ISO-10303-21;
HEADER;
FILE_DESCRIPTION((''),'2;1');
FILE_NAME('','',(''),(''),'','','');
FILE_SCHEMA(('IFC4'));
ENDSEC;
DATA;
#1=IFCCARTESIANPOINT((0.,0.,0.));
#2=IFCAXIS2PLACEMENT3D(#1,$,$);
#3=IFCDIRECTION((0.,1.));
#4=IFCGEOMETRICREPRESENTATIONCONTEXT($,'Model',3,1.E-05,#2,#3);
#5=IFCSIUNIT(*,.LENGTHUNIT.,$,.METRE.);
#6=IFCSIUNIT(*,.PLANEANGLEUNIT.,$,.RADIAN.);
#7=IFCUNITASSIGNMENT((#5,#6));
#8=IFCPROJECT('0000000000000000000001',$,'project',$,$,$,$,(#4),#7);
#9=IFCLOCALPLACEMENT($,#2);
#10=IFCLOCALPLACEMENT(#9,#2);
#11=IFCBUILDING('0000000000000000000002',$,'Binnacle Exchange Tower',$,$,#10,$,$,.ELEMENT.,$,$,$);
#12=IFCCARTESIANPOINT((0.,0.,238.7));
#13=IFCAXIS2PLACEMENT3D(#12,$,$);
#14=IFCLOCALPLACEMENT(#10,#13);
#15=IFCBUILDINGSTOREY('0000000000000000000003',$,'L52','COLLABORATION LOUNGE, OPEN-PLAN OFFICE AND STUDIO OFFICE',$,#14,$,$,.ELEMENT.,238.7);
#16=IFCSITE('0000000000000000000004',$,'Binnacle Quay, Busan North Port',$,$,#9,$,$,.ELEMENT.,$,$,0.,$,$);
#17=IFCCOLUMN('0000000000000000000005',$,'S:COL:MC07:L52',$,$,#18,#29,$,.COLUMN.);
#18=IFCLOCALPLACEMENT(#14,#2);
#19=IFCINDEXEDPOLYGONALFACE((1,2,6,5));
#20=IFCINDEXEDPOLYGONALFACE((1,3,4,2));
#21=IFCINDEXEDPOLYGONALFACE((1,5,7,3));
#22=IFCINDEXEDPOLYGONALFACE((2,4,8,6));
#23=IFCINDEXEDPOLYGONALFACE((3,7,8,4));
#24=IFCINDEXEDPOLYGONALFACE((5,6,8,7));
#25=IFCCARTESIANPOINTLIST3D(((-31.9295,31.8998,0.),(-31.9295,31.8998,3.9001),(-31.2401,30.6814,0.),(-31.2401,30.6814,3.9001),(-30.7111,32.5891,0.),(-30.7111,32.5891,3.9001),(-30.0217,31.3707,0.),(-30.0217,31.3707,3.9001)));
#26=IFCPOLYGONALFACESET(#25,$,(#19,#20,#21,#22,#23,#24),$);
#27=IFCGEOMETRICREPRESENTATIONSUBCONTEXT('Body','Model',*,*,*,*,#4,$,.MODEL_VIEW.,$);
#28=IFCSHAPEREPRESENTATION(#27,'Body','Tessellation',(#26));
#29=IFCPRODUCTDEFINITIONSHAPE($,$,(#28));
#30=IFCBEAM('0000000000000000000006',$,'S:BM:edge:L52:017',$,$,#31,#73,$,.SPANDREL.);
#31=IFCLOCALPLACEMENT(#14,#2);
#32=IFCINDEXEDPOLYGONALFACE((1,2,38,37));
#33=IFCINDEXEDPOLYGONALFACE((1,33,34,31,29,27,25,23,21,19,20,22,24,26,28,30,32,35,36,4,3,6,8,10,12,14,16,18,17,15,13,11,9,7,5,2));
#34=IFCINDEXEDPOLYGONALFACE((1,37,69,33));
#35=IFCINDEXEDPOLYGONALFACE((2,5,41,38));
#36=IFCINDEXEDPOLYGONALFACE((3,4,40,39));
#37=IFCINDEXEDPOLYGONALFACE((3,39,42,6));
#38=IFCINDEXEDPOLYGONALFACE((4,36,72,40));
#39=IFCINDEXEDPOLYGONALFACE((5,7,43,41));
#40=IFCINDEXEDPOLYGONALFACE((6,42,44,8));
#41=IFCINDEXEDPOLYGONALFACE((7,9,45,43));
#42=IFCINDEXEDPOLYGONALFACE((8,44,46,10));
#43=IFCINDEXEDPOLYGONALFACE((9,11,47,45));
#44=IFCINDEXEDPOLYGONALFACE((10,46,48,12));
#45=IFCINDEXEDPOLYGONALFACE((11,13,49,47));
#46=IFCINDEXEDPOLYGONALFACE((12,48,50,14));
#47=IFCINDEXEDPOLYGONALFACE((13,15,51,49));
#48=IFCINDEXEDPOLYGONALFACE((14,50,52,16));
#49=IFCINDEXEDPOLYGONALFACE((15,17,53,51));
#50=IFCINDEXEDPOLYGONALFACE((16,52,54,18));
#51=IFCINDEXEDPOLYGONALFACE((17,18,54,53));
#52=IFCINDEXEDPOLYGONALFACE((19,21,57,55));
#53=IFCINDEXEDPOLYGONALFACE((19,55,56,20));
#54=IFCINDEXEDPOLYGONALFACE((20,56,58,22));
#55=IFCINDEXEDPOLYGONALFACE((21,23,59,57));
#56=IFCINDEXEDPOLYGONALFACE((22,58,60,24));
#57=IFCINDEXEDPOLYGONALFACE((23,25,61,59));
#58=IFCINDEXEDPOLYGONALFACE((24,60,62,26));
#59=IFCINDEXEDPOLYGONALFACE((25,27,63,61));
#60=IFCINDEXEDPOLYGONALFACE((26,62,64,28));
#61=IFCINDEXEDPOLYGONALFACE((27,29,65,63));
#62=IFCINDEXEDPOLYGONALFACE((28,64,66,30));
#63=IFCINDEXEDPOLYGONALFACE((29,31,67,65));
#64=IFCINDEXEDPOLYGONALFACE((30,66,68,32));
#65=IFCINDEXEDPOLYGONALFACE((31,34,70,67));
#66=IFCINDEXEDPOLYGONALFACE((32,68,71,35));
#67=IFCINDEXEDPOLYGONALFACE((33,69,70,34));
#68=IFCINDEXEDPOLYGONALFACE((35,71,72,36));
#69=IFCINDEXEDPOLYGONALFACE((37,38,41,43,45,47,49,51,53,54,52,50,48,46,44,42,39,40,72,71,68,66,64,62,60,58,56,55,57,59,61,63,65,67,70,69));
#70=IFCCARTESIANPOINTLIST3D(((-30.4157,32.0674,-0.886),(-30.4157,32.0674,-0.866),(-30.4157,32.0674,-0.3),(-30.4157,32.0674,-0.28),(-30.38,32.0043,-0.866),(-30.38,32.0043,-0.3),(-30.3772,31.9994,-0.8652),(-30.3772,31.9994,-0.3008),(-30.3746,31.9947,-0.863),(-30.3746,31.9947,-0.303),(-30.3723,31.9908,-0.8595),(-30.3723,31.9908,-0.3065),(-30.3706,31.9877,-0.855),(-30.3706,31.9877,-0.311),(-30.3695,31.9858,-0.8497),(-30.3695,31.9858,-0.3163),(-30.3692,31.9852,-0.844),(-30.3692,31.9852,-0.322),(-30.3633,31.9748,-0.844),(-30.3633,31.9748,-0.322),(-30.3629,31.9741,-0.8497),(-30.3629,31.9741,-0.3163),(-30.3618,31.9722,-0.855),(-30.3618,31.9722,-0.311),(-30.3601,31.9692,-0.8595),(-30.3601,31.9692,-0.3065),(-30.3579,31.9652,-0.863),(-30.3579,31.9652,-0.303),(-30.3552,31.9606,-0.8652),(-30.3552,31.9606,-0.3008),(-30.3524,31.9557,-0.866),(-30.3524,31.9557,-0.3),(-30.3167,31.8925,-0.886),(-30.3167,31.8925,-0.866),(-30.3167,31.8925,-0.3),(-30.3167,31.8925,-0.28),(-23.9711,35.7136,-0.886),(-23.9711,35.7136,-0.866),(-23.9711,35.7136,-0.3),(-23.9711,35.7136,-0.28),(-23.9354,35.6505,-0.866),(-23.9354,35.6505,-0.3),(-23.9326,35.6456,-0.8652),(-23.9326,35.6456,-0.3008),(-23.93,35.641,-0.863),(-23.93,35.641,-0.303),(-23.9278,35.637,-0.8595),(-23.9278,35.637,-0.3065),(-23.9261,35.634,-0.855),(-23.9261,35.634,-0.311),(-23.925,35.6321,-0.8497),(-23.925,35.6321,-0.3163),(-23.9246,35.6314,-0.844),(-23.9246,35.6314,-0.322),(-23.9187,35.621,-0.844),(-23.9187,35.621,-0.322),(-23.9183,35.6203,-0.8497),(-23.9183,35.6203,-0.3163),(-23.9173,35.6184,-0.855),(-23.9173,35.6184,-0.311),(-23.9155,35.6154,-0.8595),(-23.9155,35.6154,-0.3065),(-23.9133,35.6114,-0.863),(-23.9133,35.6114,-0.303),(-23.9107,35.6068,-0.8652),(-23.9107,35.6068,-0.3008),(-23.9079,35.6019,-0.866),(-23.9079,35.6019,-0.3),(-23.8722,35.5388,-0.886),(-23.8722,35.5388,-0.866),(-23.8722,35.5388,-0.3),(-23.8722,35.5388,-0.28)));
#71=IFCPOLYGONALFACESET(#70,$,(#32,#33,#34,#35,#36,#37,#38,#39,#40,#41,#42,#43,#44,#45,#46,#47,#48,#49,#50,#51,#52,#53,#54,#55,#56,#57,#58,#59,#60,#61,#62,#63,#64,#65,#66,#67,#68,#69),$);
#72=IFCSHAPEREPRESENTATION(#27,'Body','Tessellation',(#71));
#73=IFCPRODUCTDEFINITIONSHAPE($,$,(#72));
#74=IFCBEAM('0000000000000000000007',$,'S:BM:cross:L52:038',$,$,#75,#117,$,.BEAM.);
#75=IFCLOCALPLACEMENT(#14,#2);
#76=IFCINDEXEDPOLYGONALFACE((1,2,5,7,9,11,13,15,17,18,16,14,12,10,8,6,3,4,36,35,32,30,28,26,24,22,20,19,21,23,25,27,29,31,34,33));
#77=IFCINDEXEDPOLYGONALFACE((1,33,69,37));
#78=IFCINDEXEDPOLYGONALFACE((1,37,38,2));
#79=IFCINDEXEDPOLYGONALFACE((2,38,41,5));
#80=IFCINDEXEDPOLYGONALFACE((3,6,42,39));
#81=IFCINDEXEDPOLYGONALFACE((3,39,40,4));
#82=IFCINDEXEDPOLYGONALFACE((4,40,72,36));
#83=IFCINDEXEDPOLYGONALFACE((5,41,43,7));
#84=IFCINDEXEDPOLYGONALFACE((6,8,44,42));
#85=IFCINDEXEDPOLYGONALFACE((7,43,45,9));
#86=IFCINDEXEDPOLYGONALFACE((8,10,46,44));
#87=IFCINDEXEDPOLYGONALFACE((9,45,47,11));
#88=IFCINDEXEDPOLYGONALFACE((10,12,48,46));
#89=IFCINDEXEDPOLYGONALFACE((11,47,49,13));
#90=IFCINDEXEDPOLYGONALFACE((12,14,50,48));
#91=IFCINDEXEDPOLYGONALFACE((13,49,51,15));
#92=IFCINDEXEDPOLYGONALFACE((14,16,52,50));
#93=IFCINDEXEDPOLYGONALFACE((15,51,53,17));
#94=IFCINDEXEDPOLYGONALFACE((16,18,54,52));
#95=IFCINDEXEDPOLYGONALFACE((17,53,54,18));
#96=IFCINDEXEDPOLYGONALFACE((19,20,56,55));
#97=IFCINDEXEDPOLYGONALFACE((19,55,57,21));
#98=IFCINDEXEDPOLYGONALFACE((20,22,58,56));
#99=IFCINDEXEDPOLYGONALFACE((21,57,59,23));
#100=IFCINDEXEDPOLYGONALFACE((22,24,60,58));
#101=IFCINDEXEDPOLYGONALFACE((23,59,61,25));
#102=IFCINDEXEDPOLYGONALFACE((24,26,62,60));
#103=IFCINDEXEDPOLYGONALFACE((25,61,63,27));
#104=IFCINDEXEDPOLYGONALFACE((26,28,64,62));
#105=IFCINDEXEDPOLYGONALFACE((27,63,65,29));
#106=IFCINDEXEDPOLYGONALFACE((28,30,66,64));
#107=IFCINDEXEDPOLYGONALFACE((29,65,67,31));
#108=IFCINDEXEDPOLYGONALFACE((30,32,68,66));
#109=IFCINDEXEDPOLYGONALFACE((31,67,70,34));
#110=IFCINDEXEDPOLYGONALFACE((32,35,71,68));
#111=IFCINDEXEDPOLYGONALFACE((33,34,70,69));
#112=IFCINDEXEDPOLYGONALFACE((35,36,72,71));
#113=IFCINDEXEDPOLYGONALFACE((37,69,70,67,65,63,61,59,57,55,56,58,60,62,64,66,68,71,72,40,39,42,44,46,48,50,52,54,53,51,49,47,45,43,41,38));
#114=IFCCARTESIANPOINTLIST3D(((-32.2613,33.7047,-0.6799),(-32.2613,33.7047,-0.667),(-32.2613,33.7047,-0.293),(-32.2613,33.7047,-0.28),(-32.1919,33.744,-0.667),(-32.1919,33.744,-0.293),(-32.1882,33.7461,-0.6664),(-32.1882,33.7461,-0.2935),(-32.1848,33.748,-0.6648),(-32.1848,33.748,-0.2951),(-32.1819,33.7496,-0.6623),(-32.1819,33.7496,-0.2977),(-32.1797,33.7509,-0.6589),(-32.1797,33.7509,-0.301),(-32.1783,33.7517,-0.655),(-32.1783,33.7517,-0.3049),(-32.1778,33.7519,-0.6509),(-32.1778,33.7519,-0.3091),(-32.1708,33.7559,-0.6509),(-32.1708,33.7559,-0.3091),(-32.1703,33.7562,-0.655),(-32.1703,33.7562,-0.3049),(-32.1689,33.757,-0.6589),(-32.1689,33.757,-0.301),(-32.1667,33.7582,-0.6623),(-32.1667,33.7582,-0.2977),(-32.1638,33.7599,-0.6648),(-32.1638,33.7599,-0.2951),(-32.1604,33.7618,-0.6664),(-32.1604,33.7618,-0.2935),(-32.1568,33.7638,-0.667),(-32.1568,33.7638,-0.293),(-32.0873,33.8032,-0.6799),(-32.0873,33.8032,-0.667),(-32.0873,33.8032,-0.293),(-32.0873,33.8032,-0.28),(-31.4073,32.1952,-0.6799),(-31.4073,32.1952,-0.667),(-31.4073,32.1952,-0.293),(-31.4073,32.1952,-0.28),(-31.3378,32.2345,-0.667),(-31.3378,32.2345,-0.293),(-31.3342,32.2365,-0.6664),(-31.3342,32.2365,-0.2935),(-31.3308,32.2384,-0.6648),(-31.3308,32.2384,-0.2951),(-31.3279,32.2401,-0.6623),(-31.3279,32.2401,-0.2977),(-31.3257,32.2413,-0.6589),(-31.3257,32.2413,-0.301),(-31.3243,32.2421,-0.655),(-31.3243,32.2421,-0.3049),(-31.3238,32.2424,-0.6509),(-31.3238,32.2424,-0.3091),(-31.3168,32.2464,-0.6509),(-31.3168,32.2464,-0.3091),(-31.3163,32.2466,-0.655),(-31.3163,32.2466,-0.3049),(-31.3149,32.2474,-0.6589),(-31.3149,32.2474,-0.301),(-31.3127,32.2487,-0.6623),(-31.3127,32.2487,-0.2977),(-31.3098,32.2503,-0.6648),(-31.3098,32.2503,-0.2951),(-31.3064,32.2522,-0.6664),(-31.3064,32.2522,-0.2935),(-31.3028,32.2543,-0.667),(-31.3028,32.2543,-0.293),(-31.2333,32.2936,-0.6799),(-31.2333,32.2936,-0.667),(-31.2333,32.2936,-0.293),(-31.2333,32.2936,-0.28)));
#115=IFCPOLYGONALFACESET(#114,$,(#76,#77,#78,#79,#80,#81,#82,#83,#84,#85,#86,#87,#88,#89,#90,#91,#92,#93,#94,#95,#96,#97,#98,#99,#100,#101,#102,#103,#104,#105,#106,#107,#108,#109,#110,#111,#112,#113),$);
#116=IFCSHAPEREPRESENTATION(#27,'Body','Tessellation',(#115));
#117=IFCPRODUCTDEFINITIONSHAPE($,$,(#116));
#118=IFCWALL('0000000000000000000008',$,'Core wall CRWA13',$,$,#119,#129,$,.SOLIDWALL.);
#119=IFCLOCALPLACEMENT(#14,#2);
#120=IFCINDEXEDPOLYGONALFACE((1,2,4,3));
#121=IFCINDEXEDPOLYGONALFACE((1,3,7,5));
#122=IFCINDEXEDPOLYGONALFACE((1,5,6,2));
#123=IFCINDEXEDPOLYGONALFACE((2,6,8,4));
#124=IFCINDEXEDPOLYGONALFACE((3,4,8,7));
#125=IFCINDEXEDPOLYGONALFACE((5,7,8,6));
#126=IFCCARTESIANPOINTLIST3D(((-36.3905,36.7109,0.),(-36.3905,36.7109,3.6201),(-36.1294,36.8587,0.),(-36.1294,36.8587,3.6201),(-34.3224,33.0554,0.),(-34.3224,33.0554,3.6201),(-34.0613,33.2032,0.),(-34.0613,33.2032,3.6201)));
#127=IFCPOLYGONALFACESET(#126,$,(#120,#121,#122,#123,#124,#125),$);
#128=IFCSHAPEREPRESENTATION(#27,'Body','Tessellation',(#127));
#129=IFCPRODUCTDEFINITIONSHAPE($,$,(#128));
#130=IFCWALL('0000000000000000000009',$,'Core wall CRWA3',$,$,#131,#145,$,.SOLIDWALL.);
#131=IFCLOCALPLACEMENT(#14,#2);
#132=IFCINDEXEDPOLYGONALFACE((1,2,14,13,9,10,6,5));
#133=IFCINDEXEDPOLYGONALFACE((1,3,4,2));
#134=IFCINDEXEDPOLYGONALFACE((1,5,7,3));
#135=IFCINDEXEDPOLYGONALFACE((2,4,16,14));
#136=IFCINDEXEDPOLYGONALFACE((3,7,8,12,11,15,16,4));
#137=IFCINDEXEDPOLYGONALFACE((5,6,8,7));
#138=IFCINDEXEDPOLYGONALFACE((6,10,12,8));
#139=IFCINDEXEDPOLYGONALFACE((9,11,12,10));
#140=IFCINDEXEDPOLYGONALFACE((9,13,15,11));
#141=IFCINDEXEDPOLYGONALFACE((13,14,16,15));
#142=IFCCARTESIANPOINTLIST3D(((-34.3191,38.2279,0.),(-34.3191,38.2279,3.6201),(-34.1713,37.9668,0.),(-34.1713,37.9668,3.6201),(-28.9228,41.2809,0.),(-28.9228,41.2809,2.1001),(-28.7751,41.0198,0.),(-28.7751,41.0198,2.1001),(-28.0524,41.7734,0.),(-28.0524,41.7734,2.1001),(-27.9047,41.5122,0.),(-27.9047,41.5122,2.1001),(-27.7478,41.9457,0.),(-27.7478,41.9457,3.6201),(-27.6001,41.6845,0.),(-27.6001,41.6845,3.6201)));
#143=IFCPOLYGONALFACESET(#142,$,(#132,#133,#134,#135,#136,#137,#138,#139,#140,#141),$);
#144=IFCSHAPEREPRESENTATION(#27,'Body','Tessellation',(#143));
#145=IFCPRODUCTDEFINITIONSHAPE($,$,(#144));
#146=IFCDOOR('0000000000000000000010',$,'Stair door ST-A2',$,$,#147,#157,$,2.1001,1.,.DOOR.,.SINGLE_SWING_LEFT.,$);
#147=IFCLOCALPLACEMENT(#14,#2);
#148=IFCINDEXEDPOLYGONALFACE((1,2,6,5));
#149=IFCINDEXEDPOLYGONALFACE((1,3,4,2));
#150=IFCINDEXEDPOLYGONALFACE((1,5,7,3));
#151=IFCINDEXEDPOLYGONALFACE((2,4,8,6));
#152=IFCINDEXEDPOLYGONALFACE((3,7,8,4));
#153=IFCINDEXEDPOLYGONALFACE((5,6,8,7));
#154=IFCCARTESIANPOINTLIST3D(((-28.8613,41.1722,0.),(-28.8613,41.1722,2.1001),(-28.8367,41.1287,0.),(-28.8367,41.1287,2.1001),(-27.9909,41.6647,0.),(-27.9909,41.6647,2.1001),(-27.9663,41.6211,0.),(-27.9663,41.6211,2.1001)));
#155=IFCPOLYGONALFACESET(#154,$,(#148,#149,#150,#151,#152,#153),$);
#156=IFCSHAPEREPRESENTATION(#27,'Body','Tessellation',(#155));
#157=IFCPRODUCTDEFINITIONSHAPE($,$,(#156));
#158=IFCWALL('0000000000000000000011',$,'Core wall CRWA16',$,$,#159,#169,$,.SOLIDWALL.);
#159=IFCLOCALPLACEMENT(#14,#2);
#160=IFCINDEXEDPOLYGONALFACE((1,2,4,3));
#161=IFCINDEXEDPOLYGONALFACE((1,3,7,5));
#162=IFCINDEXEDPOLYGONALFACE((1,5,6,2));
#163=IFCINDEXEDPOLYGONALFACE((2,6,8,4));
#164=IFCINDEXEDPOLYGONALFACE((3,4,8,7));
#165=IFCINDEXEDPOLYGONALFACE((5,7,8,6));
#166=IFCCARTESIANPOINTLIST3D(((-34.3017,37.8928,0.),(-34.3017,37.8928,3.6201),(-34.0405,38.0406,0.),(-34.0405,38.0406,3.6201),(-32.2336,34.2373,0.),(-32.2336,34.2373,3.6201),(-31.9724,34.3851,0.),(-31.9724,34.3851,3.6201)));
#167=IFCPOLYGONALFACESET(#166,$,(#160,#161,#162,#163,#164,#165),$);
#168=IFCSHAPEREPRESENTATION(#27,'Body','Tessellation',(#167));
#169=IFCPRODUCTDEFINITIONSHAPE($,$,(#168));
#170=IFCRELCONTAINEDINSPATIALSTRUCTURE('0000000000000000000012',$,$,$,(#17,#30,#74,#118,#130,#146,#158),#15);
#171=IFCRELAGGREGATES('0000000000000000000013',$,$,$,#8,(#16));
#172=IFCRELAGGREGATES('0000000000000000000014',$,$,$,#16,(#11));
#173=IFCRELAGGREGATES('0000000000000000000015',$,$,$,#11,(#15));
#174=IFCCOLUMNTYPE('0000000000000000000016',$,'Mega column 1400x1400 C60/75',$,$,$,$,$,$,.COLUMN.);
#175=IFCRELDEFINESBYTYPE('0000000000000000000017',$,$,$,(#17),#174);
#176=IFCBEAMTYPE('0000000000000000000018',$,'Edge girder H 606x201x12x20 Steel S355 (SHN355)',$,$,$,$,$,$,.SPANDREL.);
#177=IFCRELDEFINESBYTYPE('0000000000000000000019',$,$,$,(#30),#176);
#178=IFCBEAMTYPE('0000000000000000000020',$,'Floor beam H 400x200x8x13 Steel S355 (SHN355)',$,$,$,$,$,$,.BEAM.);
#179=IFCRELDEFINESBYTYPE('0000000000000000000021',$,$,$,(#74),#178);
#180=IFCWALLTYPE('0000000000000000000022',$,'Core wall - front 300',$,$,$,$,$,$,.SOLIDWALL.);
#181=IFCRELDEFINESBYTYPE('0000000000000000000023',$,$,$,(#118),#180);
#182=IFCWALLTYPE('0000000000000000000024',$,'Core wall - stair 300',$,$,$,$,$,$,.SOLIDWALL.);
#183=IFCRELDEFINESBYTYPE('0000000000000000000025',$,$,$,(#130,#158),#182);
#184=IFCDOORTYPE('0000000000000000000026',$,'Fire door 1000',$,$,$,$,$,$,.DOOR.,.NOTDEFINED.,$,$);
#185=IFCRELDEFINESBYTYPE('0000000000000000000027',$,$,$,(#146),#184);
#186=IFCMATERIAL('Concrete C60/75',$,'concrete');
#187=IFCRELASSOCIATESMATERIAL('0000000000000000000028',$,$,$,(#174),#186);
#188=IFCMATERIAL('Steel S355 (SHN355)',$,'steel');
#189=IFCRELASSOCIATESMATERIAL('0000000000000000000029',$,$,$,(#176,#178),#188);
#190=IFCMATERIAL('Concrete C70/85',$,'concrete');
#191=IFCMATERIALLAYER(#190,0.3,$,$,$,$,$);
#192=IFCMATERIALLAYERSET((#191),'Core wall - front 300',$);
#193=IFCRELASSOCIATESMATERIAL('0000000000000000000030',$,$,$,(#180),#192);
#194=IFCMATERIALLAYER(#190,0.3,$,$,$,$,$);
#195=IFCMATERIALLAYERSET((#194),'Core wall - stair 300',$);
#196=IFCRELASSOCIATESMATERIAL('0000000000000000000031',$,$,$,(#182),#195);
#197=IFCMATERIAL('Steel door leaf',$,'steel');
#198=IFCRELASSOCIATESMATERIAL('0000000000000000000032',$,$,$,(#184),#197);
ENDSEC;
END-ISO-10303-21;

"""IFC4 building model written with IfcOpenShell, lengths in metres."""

from ifc_helpers import new_model, si_unit, direction, frame, frame_2d, origin, origin_2d, place, context, subcontext, project, spatial, rectangle, i_section, extrude, material, layer, layer_set, material_profile, profile_set, type_object, element, fill, save


model = new_model("IFC4")

# Units and contexts
model_context = context("Model", 3, precision=1e-05, world=origin(), true_north=direction((0.0, 1.0)))
body_context = subcontext(model_context, "Body", "Model", "MODEL_VIEW")
ifc_project = project(units=[si_unit("LENGTHUNIT", "METRE"), si_unit("PLANEANGLEUNIT", "RADIAN")], contexts=[model_context])

# Site, building, storey
site_placement = place(None, origin())
site = spatial("IfcSite", under=ifc_project, at=site_placement, Name="Binnacle Quay, Busan North Port", CompositionType="ELEMENT", RefElevation=0.0)
building_placement = place(site_placement, origin())
building = spatial("IfcBuilding", under=site, at=building_placement, Name="Binnacle Exchange Tower", CompositionType="ELEMENT")
storey_placement = place(building_placement, frame((0.0, 0.0, 238.7)))
storey = spatial("IfcBuildingStorey", under=building, at=storey_placement, Name="L52", Description="COLLABORATION LOUNGE, OPEN-PLAN OFFICE AND STUDIO OFFICE", CompositionType="ELEMENT", Elevation=238.7)

# Column
ifc_material_1 = material(Name="Concrete C60/75", Category="concrete")
ifc_material_profile_1 = material_profile(ifc_material_1, rectangle(XDim=1.3999, YDim=1.3999, at=origin_2d()), Name="Mega column 1400x1400 C60/75")
ifc_profile_set_1 = profile_set([ifc_material_profile_1], Name="Concrete C60/75")
column_type = type_object("IfcColumnType", Name="Mega column 1400x1400 C60/75", PredefinedType="COLUMN", material=ifc_profile_set_1)
column_placement = place(storey_placement, frame((-30.9756, 31.6353, 0.0), z_axis=(0.0, 0.0, 1.0), x_axis=(0.870356, 0.492424, 0.0)))
element("IfcColumn", 1, at=column_placement, inside=storey, type_object=column_type, Name="S:COL:MC07:L52", PredefinedType="COLUMN", context=body_context, shape_type="SweptSolid", body=[
    extrude(rectangle(XDim=1.3999, YDim=1.3999, at=origin_2d()), origin(), (0.0, 0.0, 1.0), 3.9001),
])

# Beams
ifc_material_2 = material(Name="Steel S355 (SHN355)", Category="steel")
ifc_material_profile_2 = material_profile(ifc_material_2, i_section(OverallWidth=0.2009, OverallDepth=0.606, WebThickness=0.012, FlangeThickness=0.02, FilletRadius=0.022, at=origin_2d()), Name="H 606x201x12x20")
ifc_profile_set_2 = profile_set([ifc_material_profile_2], Name="Steel S355 (SHN355)")
beam_type_1 = type_object("IfcBeamType", Name="Edge girder H 606x201x12x20 Steel S355 (SHN355)", PredefinedType="SPANDREL", material=ifc_profile_set_2)
beam_1_placement = place(storey_placement, frame((-30.3662, 31.98, -0.583), z_axis=(0.870352, 0.492431, 0.0), x_axis=(-0.492431, 0.870352, 0.0)))
element("IfcBeam", 2, at=beam_1_placement, inside=storey, type_object=beam_type_1, Name="S:BM:edge:L52:017", PredefinedType="SPANDREL", context=body_context, shape_type="SweptSolid", body=[
    extrude(i_section(OverallWidth=0.2009, OverallDepth=0.606, WebThickness=0.012, FlangeThickness=0.02, FilletRadius=0.022, at=origin_2d()), origin(), (0.0, 0.0, 1.0), 7.4045),
])
ifc_material_profile_3 = material_profile(ifc_material_2, i_section(OverallWidth=0.2, OverallDepth=0.3999, WebThickness=0.0081, FlangeThickness=0.0129, FilletRadius=0.0161, at=origin_2d()), Name="H 400x200x8x13")
ifc_profile_set_3 = profile_set([ifc_material_profile_3], Name="Steel S355 (SHN355)")
beam_type_2 = type_object("IfcBeamType", Name="Floor beam H 400x200x8x13 Steel S355 (SHN355)", PredefinedType="BEAM", material=ifc_profile_set_3)
beam_2_placement = place(storey_placement, frame((-31.3203, 32.2444, -0.48), z_axis=(-0.492405, 0.870366, 0.0), x_axis=(-0.870366, -0.492405, 0.0)))
element("IfcBeam", 3, at=beam_2_placement, inside=storey, type_object=beam_type_2, Name="S:BM:cross:L52:038", PredefinedType="BEAM", context=body_context, shape_type="SweptSolid", body=[
    extrude(i_section(OverallWidth=0.2, OverallDepth=0.3999, WebThickness=0.0081, FlangeThickness=0.0129, FilletRadius=0.0161, at=origin_2d()), origin(), (0.0, 0.0, 1.0), 1.7344),
])

# Wall
ifc_material_3 = material(Name="Concrete C70/85", Category="concrete")
ifc_layer_1 = layer(ifc_material_3, 0.3)
ifc_layer_set_1 = layer_set([ifc_layer_1], Name="Core wall - front 300")
wall_type_1 = type_object("IfcWallType", Name="Core wall - front 300", PredefinedType="SOLIDWALL", material=ifc_layer_set_1)
wall_1_placement = place(storey_placement, frame((-36.26, 36.7849, 0.0), z_axis=(0.0, 0.0, 1.0), x_axis=(0.49241, -0.870364, 0.0)))
element("IfcWall", 4, at=wall_1_placement, inside=storey, type_object=wall_type_1, Name="Core wall CRWA13", PredefinedType="SOLIDWALL", context=body_context, shape_type="SweptSolid", body=[
    extrude(rectangle(XDim=4.2, YDim=0.3, at=frame_2d((2.1001, 0.0))), origin(), (0.0, 0.0, 1.0), 3.6201),
])

# Wall, opening, door
ifc_layer_2 = layer(ifc_material_3, 0.3)
ifc_layer_set_2 = layer_set([ifc_layer_2], Name="Core wall - stair 300")
wall_type_2 = type_object("IfcWallType", Name="Core wall - stair 300", PredefinedType="SOLIDWALL", material=ifc_layer_set_2)
wall_2_placement = place(storey_placement, frame((-34.2451, 38.0974, 0.0), z_axis=(0.0, 0.0, 1.0), x_axis=(0.87036, 0.492415, 0.0)))
wall_2 = element("IfcWall", 5, at=wall_2_placement, inside=storey, type_object=wall_type_2, Name="Core wall CRWA3", PredefinedType="SOLIDWALL", context=body_context, shape_type="SweptSolid", body=[
    extrude(rectangle(XDim=7.55, YDim=0.3, at=frame_2d((3.7749, 0.0))), origin(), (0.0, 0.0, 1.0), 3.6201),
])
opening_placement = place(wall_2_placement, frame((6.2, 0.0, 0.0)))
opening = element("IfcOpeningElement", 6, at=opening_placement, cuts=wall_2, PredefinedType="OPENING", context=body_context, shape_type="SweptSolid", body=[
    extrude(rectangle(XDim=1.0, YDim=2.1001, at=frame_2d((0.5, 1.05))), frame((0.0, 0.1599, 0.0), z_axis=(0.0, -1.0, 0.0), x_axis=(1.0, 0.0, 0.0)), (0.0, 0.0, 1.0), 0.3201),
])
ifc_material_4 = material(Name="Steel door leaf", Category="steel")
door_type = type_object("IfcDoorType", Name="Fire door 1000", OperationType="NOTDEFINED", PredefinedType="DOOR", material=ifc_material_4)
door_placement = place(opening_placement, frame((1.0, 0.0, 0.0), z_axis=(0.0, 0.0, 1.0), x_axis=(-1.0, 0.0, 0.0)))
door = element("IfcDoor", 7, at=door_placement, inside=storey, type_object=door_type, Name="Stair door ST-A2", OperationType="SINGLE_SWING_LEFT", OverallHeight=2.1001, OverallWidth=1.0, PredefinedType="DOOR", context=body_context, shape_type="SweptSolid", body=[
    extrude(rectangle(XDim=1.0, YDim=2.1001, at=frame_2d((0.5, 1.05))), frame((0.0, 0.0249, 0.0), z_axis=(0.0, -1.0, 0.0), x_axis=(1.0, 0.0, 0.0)), (0.0, 0.0, 1.0), 0.05),
])
fill(opening, door)

# Wall
wall_3_placement = place(storey_placement, frame((-34.1711, 37.9668, 0.0), z_axis=(0.0, 0.0, 1.0), x_axis=(0.49241, -0.870364, 0.0)))
element("IfcWall", 8, at=wall_3_placement, inside=storey, type_object=wall_type_2, Name="Core wall CRWA16", PredefinedType="SOLIDWALL", context=body_context, shape_type="SweptSolid", body=[
    extrude(rectangle(XDim=4.2, YDim=0.3, at=frame_2d((2.1001, 0.0))), origin(), (0.0, 0.0, 1.0), 3.6201),
])

save(model, "model.ifc")
